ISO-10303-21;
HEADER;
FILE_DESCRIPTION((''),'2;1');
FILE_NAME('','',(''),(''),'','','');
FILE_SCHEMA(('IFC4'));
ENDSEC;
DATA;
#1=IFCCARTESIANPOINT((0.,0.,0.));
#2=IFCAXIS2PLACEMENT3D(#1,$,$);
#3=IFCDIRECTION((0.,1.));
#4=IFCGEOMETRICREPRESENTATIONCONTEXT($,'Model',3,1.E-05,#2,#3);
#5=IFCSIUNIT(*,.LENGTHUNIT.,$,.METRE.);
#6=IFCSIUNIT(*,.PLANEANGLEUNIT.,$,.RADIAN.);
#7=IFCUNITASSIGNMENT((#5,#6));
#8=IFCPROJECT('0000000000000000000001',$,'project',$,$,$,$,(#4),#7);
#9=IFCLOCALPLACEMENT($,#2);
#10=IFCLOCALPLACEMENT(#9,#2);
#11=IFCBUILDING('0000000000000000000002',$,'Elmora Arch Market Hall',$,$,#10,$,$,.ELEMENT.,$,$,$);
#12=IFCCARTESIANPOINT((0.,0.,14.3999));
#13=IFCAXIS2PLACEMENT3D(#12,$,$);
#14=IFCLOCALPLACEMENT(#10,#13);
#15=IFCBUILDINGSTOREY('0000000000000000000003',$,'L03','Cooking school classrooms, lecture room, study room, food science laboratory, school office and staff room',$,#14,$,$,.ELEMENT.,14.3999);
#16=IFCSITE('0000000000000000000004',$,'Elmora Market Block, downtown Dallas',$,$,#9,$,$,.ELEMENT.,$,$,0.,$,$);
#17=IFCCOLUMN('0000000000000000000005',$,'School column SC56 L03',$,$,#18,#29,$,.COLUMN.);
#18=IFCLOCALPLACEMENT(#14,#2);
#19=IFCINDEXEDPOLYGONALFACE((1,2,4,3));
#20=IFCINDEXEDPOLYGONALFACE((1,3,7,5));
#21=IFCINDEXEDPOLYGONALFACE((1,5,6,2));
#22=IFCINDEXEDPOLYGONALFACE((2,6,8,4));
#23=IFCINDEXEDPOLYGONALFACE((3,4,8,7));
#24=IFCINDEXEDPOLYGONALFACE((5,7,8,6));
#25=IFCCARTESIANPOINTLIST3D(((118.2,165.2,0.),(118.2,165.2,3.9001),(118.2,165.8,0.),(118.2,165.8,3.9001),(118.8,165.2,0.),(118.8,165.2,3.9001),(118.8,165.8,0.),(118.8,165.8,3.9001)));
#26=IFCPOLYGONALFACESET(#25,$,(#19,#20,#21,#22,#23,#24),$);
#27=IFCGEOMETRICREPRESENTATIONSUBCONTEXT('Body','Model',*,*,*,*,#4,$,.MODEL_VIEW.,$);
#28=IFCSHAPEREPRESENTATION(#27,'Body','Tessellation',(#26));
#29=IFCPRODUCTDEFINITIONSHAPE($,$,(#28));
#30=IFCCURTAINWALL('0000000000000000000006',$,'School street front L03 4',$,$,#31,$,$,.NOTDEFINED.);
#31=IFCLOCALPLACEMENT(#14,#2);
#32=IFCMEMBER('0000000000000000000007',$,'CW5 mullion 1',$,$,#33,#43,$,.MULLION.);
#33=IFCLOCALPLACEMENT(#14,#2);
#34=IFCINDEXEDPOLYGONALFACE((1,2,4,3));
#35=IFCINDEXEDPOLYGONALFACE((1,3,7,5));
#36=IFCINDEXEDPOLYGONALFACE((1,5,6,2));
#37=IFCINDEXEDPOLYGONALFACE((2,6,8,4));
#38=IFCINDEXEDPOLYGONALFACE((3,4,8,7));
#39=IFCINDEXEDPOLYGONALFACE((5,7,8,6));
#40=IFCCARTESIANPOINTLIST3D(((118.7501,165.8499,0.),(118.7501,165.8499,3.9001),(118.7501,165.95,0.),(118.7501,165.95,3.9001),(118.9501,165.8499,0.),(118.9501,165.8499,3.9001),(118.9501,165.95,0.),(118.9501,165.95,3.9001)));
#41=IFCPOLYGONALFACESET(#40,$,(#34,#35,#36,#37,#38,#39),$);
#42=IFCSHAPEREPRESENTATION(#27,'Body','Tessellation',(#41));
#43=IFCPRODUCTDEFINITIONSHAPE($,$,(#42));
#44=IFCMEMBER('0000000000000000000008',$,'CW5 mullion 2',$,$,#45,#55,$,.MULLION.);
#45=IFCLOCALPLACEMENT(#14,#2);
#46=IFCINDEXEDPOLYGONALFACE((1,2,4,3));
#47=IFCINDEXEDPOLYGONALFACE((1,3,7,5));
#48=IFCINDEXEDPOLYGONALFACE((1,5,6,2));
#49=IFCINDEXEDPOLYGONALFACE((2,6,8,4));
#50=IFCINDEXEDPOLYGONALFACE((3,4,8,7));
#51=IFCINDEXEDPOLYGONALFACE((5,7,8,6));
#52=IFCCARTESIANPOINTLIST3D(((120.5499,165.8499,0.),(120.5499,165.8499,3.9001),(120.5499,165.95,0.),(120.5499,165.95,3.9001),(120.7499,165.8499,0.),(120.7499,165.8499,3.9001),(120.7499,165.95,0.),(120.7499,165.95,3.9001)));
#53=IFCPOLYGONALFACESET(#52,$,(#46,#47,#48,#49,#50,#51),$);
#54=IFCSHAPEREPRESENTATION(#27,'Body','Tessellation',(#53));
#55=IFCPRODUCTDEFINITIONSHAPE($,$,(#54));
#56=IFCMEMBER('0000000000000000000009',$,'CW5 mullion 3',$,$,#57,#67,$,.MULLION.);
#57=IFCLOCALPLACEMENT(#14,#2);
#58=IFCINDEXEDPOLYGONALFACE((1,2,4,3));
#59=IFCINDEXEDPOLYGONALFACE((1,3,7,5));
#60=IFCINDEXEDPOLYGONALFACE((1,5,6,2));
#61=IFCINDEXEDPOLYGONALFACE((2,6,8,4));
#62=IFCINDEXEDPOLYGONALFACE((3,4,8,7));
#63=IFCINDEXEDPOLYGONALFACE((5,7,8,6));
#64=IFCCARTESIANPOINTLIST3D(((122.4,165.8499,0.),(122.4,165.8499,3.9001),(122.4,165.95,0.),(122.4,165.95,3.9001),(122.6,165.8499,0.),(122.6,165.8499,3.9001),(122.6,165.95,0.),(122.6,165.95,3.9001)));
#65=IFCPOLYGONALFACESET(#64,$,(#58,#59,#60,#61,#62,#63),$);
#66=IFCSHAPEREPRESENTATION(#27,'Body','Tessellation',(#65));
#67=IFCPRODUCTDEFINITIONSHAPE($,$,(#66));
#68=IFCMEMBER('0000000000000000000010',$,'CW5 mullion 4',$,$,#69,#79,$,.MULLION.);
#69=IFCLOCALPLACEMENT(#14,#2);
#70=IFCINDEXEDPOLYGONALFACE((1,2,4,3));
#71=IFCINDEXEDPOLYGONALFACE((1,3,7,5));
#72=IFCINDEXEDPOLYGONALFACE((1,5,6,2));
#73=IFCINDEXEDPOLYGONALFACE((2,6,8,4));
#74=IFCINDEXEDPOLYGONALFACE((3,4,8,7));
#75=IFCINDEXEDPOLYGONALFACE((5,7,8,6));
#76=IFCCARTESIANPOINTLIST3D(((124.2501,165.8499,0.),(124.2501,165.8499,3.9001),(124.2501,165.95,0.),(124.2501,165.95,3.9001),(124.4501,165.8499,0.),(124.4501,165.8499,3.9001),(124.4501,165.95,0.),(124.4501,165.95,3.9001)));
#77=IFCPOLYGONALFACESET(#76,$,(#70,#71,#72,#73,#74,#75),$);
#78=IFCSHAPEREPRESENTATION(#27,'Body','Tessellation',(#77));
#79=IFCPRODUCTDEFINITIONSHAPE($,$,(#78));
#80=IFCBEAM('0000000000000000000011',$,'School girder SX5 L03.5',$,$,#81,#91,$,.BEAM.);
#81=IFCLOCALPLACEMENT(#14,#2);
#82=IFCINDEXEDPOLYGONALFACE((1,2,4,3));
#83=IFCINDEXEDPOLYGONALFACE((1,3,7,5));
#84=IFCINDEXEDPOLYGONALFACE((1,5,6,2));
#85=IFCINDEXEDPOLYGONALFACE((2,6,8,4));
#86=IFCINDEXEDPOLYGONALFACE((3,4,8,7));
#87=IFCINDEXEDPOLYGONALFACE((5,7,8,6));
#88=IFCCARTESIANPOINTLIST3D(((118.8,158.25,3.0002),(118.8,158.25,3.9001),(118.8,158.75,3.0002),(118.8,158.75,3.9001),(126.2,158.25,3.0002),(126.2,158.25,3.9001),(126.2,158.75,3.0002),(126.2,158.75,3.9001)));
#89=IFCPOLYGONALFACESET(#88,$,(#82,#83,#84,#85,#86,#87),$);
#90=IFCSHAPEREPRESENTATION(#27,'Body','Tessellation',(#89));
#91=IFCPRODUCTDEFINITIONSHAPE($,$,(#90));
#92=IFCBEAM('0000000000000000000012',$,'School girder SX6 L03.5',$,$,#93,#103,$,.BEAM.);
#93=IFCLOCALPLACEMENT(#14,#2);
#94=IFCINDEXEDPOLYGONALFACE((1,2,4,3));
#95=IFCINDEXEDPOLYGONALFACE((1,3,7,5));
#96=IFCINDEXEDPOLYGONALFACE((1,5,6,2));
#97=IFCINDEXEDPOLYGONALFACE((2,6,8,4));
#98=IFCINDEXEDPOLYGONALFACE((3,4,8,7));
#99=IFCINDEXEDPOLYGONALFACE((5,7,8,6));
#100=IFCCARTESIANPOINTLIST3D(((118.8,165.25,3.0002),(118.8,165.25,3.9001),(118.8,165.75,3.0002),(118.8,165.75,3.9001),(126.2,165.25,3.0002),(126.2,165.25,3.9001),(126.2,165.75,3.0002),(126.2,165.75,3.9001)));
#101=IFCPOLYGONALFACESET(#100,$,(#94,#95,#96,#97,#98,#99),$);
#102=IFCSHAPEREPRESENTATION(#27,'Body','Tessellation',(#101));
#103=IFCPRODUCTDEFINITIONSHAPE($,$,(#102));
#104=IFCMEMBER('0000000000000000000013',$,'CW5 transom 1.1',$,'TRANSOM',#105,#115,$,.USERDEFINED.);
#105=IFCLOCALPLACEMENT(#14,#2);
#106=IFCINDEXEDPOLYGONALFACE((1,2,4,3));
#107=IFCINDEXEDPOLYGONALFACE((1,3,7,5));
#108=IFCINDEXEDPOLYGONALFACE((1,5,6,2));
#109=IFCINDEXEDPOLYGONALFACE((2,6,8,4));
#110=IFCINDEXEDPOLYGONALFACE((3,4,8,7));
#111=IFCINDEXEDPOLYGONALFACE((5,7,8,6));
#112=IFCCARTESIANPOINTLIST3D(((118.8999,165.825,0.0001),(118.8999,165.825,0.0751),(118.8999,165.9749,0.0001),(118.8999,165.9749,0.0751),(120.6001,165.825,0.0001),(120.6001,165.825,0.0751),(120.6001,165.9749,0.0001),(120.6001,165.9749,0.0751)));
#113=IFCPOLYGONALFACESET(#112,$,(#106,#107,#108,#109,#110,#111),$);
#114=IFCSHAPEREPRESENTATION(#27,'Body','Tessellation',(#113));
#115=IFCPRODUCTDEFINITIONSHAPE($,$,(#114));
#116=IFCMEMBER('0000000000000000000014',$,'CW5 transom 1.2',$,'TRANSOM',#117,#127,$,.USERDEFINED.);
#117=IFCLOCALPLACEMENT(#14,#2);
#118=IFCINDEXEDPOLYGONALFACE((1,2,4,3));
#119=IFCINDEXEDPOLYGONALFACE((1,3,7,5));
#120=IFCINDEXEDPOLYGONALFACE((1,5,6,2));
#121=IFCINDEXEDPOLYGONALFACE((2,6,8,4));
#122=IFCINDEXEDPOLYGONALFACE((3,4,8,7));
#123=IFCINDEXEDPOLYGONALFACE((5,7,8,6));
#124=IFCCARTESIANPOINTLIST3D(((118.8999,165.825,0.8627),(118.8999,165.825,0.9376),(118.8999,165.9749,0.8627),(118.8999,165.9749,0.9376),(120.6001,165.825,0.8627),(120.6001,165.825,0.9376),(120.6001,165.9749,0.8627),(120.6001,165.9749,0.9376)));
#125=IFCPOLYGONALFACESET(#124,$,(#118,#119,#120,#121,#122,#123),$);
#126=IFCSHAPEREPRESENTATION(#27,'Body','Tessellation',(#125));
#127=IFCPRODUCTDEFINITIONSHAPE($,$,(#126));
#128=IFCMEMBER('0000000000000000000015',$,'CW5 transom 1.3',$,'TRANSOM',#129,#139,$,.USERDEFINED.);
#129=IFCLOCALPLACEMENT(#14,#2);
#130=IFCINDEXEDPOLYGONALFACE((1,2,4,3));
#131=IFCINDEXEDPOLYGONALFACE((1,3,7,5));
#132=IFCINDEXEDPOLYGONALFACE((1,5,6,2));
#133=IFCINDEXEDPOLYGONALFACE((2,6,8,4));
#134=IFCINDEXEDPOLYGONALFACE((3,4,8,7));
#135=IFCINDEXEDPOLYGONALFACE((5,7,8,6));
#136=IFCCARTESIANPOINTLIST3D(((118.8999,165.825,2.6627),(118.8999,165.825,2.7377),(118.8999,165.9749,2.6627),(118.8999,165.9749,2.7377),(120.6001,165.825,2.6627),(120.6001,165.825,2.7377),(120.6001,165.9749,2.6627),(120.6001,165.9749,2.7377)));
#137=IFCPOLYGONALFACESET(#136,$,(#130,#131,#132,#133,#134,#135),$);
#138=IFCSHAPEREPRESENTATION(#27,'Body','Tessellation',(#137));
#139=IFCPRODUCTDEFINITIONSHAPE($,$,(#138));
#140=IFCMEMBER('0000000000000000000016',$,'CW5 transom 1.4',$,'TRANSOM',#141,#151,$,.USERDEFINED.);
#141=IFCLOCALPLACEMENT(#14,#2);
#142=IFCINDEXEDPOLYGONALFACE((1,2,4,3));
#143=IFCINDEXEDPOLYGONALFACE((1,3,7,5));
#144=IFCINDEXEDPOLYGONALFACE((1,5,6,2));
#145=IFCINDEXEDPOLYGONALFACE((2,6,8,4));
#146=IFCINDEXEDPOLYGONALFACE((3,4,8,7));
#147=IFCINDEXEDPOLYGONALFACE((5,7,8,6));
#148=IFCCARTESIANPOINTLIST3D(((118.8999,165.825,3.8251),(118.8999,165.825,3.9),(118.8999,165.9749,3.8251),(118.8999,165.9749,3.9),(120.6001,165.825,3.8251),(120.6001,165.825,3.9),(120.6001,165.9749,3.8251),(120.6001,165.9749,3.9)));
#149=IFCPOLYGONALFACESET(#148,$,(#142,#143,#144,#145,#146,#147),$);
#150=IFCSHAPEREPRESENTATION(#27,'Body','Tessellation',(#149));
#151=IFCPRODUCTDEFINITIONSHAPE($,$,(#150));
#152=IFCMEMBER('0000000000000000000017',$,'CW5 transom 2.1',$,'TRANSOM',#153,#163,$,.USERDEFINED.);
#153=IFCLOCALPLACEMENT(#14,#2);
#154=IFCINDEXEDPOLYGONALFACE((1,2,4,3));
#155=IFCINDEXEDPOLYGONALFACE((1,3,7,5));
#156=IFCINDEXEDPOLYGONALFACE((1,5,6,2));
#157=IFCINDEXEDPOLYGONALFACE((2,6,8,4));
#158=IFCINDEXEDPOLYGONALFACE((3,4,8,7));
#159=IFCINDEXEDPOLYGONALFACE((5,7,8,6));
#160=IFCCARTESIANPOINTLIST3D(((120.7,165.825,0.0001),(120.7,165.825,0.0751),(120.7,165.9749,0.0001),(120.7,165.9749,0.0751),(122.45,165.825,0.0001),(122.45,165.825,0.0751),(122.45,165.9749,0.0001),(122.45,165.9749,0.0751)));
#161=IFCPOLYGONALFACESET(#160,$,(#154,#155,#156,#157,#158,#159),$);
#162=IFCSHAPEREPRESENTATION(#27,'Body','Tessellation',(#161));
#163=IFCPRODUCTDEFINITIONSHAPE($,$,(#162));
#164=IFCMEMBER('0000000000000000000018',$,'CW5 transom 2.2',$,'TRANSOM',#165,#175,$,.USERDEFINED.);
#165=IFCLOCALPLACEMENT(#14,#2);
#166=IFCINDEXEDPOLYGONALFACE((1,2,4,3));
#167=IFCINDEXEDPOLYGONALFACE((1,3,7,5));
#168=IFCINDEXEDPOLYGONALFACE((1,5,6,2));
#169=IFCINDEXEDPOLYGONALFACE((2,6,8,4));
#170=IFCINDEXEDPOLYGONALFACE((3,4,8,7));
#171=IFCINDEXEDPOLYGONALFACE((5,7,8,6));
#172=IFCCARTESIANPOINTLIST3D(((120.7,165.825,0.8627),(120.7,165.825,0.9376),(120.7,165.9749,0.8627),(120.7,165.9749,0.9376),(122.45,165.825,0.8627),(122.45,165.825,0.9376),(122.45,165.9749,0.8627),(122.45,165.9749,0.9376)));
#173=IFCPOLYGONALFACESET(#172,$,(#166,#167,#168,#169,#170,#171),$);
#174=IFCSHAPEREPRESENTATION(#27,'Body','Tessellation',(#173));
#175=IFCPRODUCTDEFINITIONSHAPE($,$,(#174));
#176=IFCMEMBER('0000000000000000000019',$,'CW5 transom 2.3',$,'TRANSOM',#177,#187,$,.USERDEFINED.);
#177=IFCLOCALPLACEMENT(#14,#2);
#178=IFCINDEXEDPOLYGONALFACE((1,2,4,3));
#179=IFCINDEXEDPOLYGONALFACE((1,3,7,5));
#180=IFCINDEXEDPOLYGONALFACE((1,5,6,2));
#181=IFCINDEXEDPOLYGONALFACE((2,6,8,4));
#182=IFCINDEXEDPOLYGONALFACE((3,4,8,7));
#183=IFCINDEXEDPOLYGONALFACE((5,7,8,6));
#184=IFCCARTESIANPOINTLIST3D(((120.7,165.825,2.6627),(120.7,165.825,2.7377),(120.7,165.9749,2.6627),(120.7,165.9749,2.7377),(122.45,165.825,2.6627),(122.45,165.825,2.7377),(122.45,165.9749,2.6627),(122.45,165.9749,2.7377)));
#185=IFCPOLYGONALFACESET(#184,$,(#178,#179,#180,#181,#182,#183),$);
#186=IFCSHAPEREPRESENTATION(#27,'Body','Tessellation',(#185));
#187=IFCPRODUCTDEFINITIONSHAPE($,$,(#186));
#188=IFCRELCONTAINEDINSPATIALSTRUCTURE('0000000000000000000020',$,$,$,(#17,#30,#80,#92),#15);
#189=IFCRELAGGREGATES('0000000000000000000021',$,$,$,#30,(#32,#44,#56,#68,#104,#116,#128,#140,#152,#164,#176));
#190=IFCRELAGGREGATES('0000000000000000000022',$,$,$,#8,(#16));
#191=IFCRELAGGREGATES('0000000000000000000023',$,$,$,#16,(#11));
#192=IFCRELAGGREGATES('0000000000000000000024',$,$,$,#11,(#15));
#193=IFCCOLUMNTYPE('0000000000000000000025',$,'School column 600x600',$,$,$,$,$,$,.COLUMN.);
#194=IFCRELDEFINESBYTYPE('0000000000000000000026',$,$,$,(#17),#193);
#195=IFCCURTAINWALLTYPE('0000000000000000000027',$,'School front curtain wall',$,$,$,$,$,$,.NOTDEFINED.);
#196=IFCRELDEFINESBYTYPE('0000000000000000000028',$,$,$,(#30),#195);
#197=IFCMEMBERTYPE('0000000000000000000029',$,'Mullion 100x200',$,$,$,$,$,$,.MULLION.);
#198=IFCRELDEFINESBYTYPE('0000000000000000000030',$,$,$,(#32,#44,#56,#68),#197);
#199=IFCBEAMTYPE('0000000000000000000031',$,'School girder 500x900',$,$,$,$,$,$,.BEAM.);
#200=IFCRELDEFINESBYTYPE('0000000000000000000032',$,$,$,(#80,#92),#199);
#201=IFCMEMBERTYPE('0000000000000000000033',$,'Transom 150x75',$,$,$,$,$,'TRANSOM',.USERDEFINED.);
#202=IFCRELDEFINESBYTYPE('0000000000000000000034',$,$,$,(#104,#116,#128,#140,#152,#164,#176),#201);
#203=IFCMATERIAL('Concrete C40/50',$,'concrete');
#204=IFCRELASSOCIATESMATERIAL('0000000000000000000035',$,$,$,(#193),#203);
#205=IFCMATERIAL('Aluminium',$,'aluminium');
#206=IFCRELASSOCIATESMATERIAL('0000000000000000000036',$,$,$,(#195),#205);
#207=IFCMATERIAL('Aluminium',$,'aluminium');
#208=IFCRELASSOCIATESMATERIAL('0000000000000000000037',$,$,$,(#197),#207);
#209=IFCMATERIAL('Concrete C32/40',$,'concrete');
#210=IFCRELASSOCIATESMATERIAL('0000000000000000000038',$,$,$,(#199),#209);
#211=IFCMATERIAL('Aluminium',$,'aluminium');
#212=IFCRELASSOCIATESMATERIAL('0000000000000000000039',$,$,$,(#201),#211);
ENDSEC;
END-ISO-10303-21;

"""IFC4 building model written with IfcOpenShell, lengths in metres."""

from ifc_helpers import new_model, si_unit, direction, frame, origin, origin_2d, place, context, subcontext, project, spatial, rectangle, extrude, material, material_profile, profile_set, type_object, element, aggregate, save


model = new_model("IFC4")

# Units and contexts
model_context = context("Model", 3, precision=1e-05, world=origin(), true_north=direction((0.0, 1.0)))
body_context = subcontext(model_context, "Body", "Model", "MODEL_VIEW")
ifc_project = project(units=[si_unit("LENGTHUNIT", "METRE"), si_unit("PLANEANGLEUNIT", "RADIAN")], contexts=[model_context])

# Site, building, storey
site_placement = place(None, origin())
site = spatial("IfcSite", under=ifc_project, at=site_placement, Name="Elmora Market Block, downtown Dallas", CompositionType="ELEMENT", RefElevation=0.0)
building_placement = place(site_placement, origin())
building = spatial("IfcBuilding", under=site, at=building_placement, Name="Elmora Arch Market Hall", CompositionType="ELEMENT")
storey_placement = place(building_placement, frame((0.0, 0.0, 14.3999)))
storey = spatial("IfcBuildingStorey", under=building, at=storey_placement, Name="L03", Description="Cooking school classrooms, lecture room, study room, food science laboratory, school office and staff room", CompositionType="ELEMENT", Elevation=14.3999)

# Column
ifc_material_1 = material(Name="Concrete C40/50", Category="concrete")
ifc_material_profile_1 = material_profile(ifc_material_1, rectangle(XDim=0.6001, YDim=0.6001, at=origin_2d()), Name="School column 600x600")
ifc_profile_set_1 = profile_set([ifc_material_profile_1], Name="Concrete C40/50")
column_type = type_object("IfcColumnType", Name="School column 600x600", PredefinedType="COLUMN", material=ifc_profile_set_1)
column_placement = place(storey_placement, frame((118.5, 165.5, 0.0), z_axis=(0.0, 0.0, 1.0), x_axis=(1.0, 0.0, 0.0)))
element("IfcColumn", 1, at=column_placement, inside=storey, type_object=column_type, Name="School column SC56 L03", PredefinedType="COLUMN", context=body_context, shape_type="SweptSolid", body=[
    extrude(rectangle(XDim=0.6001, YDim=0.6001, at=origin_2d()), origin(), (0.0, 0.0, 1.0), 3.9001),
])

# Curtain wall, members
ifc_material_2 = material(Name="Aluminium", Category="aluminium")
curtain_wall_type = type_object("IfcCurtainWallType", Name="School front curtain wall", PredefinedType="NOTDEFINED", material=ifc_material_2)
curtain_wall_placement = place(storey_placement, origin())
curtain_wall = element("IfcCurtainWall", 2, at=curtain_wall_placement, inside=storey, type_object=curtain_wall_type, Name="School street front L03 4", PredefinedType="NOTDEFINED")
ifc_material_3 = material(Name="Aluminium", Category="aluminium")
ifc_material_profile_2 = material_profile(ifc_material_3, rectangle(XDim=0.1001, YDim=0.2, at=origin_2d()), Name="AL 100x200")
ifc_profile_set_2 = profile_set([ifc_material_profile_2], Name="Aluminium")
member_type_1 = type_object("IfcMemberType", Name="Mullion 100x200", PredefinedType="MULLION", material=ifc_profile_set_2)
member_1_placement = place(storey_placement, frame((118.8501, 165.8999, 0.0), z_axis=(0.0, 0.0, 1.0), x_axis=(0.0, 1.0, 0.0)))
member_1 = element("IfcMember", 3, at=member_1_placement, type_object=member_type_1, Name="CW5 mullion 1", PredefinedType="MULLION", context=body_context, shape_type="SweptSolid", body=[
    extrude(rectangle(XDim=0.1001, YDim=0.2, at=origin_2d()), origin(), (0.0, 0.0, 1.0), 3.9001),
])
member_2_placement = place(storey_placement, frame((120.6499, 165.8999, 0.0), z_axis=(0.0, 0.0, 1.0), x_axis=(0.0, 1.0, 0.0)))
member_2 = element("IfcMember", 4, at=member_2_placement, type_object=member_type_1, Name="CW5 mullion 2", PredefinedType="MULLION", context=body_context, shape_type="SweptSolid", body=[
    extrude(rectangle(XDim=0.1001, YDim=0.2, at=origin_2d()), origin(), (0.0, 0.0, 1.0), 3.9001),
])
member_3_placement = place(storey_placement, frame((122.5, 165.8999, 0.0), z_axis=(0.0, 0.0, 1.0), x_axis=(0.0, 1.0, 0.0)))
member_3 = element("IfcMember", 5, at=member_3_placement, type_object=member_type_1, Name="CW5 mullion 3", PredefinedType="MULLION", context=body_context, shape_type="SweptSolid", body=[
    extrude(rectangle(XDim=0.1001, YDim=0.2, at=origin_2d()), origin(), (0.0, 0.0, 1.0), 3.9001),
])
member_4_placement = place(storey_placement, frame((124.3501, 165.8999, 0.0), z_axis=(0.0, 0.0, 1.0), x_axis=(0.0, 1.0, 0.0)))
member_4 = element("IfcMember", 6, at=member_4_placement, type_object=member_type_1, Name="CW5 mullion 4", PredefinedType="MULLION", context=body_context, shape_type="SweptSolid", body=[
    extrude(rectangle(XDim=0.1001, YDim=0.2, at=origin_2d()), origin(), (0.0, 0.0, 1.0), 3.9001),
])

# Beams
ifc_material_4 = material(Name="Concrete C32/40", Category="concrete")
ifc_material_profile_3 = material_profile(ifc_material_4, rectangle(XDim=0.5, YDim=0.8999, at=origin_2d()), Name="School girder 500x900")
ifc_profile_set_3 = profile_set([ifc_material_profile_3], Name="Concrete C32/40")
beam_type = type_object("IfcBeamType", Name="School girder 500x900", PredefinedType="BEAM", material=ifc_profile_set_3)
for number, where, z_axis, x_axis, name in (
    (7, (118.8, 158.5, 3.4502), (1.0, 0.0, 0.0), (0.0, 1.0, 0.0), "School girder SX5 L03.5"),
    (8, (118.8, 165.5, 3.4502), (1.0, 0.0, 0.0), (0.0, 1.0, 0.0), "School girder SX6 L03.5"),
):
    element("IfcBeam", number, at=place(storey_placement, frame(where, z_axis=z_axis, x_axis=x_axis)), inside=storey, type_object=beam_type, Name=name, PredefinedType="BEAM", context=body_context, shape_type="SweptSolid", body=[
        extrude(rectangle(XDim=0.5, YDim=0.8999, at=origin_2d()), origin(), (0.0, 0.0, 1.0), 7.3999),
    ])

# Members
ifc_material_5 = material(Name="Aluminium", Category="aluminium")
ifc_material_profile_4 = material_profile(ifc_material_5, rectangle(XDim=0.1499, YDim=0.075, at=origin_2d()), Name="AL 150x75")
ifc_profile_set_4 = profile_set([ifc_material_profile_4], Name="Aluminium")
member_type_2 = type_object("IfcMemberType", Name="Transom 150x75", ElementType="TRANSOM", PredefinedType="USERDEFINED", material=ifc_profile_set_4)
member_5_placement = place(storey_placement, frame((118.8999, 165.8999, 0.0376), z_axis=(1.0, 0.0, 0.0), x_axis=(0.0, 1.0, 0.0)))
member_5 = element("IfcMember", 9, at=member_5_placement, type_object=member_type_2, Name="CW5 transom 1.1", ObjectType="TRANSOM", PredefinedType="USERDEFINED", context=body_context, shape_type="SweptSolid", body=[
    extrude(rectangle(XDim=0.1499, YDim=0.075, at=origin_2d()), origin(), (0.0, 0.0, 1.0), 1.7002),
])
member_6_placement = place(storey_placement, frame((118.8999, 165.8999, 0.9001), z_axis=(1.0, 0.0, 0.0), x_axis=(0.0, 1.0, 0.0)))
member_6 = element("IfcMember", 10, at=member_6_placement, type_object=member_type_2, Name="CW5 transom 1.2", ObjectType="TRANSOM", PredefinedType="USERDEFINED", context=body_context, shape_type="SweptSolid", body=[
    extrude(rectangle(XDim=0.1499, YDim=0.075, at=origin_2d()), origin(), (0.0, 0.0, 1.0), 1.7002),
])
member_7_placement = place(storey_placement, frame((118.8999, 165.8999, 2.7002), z_axis=(1.0, 0.0, 0.0), x_axis=(0.0, 1.0, 0.0)))
member_7 = element("IfcMember", 11, at=member_7_placement, type_object=member_type_2, Name="CW5 transom 1.3", ObjectType="TRANSOM", PredefinedType="USERDEFINED", context=body_context, shape_type="SweptSolid", body=[
    extrude(rectangle(XDim=0.1499, YDim=0.075, at=origin_2d()), origin(), (0.0, 0.0, 1.0), 1.7002),
])
member_8_placement = place(storey_placement, frame((118.8999, 165.8999, 3.8625), z_axis=(1.0, 0.0, 0.0), x_axis=(0.0, 1.0, 0.0)))
member_8 = element("IfcMember", 12, at=member_8_placement, type_object=member_type_2, Name="CW5 transom 1.4", ObjectType="TRANSOM", PredefinedType="USERDEFINED", context=body_context, shape_type="SweptSolid", body=[
    extrude(rectangle(XDim=0.1499, YDim=0.075, at=origin_2d()), origin(), (0.0, 0.0, 1.0), 1.7002),
])
member_9_placement = place(storey_placement, frame((120.7, 165.8999, 0.0376), z_axis=(1.0, 0.0, 0.0), x_axis=(0.0, 1.0, 0.0)))
member_9 = element("IfcMember", 13, at=member_9_placement, type_object=member_type_2, Name="CW5 transom 2.1", ObjectType="TRANSOM", PredefinedType="USERDEFINED", context=body_context, shape_type="SweptSolid", body=[
    extrude(rectangle(XDim=0.1499, YDim=0.075, at=origin_2d()), origin(), (0.0, 0.0, 1.0), 1.75),
])
member_10_placement = place(storey_placement, frame((120.7, 165.8999, 0.9001), z_axis=(1.0, 0.0, 0.0), x_axis=(0.0, 1.0, 0.0)))
member_10 = element("IfcMember", 14, at=member_10_placement, type_object=member_type_2, Name="CW5 transom 2.2", ObjectType="TRANSOM", PredefinedType="USERDEFINED", context=body_context, shape_type="SweptSolid", body=[
    extrude(rectangle(XDim=0.1499, YDim=0.075, at=origin_2d()), origin(), (0.0, 0.0, 1.0), 1.75),
])
member_11_placement = place(storey_placement, frame((120.7, 165.8999, 2.7002), z_axis=(1.0, 0.0, 0.0), x_axis=(0.0, 1.0, 0.0)))
member_11 = element("IfcMember", 15, at=member_11_placement, type_object=member_type_2, Name="CW5 transom 2.3", ObjectType="TRANSOM", PredefinedType="USERDEFINED", context=body_context, shape_type="SweptSolid", body=[
    extrude(rectangle(XDim=0.1499, YDim=0.075, at=origin_2d()), origin(), (0.0, 0.0, 1.0), 1.75),
])

aggregate(curtain_wall, [member_1, member_2, member_3, member_4, member_5, member_6, member_7, member_8, member_9, member_10, member_11])

save(model, "model.ifc")
